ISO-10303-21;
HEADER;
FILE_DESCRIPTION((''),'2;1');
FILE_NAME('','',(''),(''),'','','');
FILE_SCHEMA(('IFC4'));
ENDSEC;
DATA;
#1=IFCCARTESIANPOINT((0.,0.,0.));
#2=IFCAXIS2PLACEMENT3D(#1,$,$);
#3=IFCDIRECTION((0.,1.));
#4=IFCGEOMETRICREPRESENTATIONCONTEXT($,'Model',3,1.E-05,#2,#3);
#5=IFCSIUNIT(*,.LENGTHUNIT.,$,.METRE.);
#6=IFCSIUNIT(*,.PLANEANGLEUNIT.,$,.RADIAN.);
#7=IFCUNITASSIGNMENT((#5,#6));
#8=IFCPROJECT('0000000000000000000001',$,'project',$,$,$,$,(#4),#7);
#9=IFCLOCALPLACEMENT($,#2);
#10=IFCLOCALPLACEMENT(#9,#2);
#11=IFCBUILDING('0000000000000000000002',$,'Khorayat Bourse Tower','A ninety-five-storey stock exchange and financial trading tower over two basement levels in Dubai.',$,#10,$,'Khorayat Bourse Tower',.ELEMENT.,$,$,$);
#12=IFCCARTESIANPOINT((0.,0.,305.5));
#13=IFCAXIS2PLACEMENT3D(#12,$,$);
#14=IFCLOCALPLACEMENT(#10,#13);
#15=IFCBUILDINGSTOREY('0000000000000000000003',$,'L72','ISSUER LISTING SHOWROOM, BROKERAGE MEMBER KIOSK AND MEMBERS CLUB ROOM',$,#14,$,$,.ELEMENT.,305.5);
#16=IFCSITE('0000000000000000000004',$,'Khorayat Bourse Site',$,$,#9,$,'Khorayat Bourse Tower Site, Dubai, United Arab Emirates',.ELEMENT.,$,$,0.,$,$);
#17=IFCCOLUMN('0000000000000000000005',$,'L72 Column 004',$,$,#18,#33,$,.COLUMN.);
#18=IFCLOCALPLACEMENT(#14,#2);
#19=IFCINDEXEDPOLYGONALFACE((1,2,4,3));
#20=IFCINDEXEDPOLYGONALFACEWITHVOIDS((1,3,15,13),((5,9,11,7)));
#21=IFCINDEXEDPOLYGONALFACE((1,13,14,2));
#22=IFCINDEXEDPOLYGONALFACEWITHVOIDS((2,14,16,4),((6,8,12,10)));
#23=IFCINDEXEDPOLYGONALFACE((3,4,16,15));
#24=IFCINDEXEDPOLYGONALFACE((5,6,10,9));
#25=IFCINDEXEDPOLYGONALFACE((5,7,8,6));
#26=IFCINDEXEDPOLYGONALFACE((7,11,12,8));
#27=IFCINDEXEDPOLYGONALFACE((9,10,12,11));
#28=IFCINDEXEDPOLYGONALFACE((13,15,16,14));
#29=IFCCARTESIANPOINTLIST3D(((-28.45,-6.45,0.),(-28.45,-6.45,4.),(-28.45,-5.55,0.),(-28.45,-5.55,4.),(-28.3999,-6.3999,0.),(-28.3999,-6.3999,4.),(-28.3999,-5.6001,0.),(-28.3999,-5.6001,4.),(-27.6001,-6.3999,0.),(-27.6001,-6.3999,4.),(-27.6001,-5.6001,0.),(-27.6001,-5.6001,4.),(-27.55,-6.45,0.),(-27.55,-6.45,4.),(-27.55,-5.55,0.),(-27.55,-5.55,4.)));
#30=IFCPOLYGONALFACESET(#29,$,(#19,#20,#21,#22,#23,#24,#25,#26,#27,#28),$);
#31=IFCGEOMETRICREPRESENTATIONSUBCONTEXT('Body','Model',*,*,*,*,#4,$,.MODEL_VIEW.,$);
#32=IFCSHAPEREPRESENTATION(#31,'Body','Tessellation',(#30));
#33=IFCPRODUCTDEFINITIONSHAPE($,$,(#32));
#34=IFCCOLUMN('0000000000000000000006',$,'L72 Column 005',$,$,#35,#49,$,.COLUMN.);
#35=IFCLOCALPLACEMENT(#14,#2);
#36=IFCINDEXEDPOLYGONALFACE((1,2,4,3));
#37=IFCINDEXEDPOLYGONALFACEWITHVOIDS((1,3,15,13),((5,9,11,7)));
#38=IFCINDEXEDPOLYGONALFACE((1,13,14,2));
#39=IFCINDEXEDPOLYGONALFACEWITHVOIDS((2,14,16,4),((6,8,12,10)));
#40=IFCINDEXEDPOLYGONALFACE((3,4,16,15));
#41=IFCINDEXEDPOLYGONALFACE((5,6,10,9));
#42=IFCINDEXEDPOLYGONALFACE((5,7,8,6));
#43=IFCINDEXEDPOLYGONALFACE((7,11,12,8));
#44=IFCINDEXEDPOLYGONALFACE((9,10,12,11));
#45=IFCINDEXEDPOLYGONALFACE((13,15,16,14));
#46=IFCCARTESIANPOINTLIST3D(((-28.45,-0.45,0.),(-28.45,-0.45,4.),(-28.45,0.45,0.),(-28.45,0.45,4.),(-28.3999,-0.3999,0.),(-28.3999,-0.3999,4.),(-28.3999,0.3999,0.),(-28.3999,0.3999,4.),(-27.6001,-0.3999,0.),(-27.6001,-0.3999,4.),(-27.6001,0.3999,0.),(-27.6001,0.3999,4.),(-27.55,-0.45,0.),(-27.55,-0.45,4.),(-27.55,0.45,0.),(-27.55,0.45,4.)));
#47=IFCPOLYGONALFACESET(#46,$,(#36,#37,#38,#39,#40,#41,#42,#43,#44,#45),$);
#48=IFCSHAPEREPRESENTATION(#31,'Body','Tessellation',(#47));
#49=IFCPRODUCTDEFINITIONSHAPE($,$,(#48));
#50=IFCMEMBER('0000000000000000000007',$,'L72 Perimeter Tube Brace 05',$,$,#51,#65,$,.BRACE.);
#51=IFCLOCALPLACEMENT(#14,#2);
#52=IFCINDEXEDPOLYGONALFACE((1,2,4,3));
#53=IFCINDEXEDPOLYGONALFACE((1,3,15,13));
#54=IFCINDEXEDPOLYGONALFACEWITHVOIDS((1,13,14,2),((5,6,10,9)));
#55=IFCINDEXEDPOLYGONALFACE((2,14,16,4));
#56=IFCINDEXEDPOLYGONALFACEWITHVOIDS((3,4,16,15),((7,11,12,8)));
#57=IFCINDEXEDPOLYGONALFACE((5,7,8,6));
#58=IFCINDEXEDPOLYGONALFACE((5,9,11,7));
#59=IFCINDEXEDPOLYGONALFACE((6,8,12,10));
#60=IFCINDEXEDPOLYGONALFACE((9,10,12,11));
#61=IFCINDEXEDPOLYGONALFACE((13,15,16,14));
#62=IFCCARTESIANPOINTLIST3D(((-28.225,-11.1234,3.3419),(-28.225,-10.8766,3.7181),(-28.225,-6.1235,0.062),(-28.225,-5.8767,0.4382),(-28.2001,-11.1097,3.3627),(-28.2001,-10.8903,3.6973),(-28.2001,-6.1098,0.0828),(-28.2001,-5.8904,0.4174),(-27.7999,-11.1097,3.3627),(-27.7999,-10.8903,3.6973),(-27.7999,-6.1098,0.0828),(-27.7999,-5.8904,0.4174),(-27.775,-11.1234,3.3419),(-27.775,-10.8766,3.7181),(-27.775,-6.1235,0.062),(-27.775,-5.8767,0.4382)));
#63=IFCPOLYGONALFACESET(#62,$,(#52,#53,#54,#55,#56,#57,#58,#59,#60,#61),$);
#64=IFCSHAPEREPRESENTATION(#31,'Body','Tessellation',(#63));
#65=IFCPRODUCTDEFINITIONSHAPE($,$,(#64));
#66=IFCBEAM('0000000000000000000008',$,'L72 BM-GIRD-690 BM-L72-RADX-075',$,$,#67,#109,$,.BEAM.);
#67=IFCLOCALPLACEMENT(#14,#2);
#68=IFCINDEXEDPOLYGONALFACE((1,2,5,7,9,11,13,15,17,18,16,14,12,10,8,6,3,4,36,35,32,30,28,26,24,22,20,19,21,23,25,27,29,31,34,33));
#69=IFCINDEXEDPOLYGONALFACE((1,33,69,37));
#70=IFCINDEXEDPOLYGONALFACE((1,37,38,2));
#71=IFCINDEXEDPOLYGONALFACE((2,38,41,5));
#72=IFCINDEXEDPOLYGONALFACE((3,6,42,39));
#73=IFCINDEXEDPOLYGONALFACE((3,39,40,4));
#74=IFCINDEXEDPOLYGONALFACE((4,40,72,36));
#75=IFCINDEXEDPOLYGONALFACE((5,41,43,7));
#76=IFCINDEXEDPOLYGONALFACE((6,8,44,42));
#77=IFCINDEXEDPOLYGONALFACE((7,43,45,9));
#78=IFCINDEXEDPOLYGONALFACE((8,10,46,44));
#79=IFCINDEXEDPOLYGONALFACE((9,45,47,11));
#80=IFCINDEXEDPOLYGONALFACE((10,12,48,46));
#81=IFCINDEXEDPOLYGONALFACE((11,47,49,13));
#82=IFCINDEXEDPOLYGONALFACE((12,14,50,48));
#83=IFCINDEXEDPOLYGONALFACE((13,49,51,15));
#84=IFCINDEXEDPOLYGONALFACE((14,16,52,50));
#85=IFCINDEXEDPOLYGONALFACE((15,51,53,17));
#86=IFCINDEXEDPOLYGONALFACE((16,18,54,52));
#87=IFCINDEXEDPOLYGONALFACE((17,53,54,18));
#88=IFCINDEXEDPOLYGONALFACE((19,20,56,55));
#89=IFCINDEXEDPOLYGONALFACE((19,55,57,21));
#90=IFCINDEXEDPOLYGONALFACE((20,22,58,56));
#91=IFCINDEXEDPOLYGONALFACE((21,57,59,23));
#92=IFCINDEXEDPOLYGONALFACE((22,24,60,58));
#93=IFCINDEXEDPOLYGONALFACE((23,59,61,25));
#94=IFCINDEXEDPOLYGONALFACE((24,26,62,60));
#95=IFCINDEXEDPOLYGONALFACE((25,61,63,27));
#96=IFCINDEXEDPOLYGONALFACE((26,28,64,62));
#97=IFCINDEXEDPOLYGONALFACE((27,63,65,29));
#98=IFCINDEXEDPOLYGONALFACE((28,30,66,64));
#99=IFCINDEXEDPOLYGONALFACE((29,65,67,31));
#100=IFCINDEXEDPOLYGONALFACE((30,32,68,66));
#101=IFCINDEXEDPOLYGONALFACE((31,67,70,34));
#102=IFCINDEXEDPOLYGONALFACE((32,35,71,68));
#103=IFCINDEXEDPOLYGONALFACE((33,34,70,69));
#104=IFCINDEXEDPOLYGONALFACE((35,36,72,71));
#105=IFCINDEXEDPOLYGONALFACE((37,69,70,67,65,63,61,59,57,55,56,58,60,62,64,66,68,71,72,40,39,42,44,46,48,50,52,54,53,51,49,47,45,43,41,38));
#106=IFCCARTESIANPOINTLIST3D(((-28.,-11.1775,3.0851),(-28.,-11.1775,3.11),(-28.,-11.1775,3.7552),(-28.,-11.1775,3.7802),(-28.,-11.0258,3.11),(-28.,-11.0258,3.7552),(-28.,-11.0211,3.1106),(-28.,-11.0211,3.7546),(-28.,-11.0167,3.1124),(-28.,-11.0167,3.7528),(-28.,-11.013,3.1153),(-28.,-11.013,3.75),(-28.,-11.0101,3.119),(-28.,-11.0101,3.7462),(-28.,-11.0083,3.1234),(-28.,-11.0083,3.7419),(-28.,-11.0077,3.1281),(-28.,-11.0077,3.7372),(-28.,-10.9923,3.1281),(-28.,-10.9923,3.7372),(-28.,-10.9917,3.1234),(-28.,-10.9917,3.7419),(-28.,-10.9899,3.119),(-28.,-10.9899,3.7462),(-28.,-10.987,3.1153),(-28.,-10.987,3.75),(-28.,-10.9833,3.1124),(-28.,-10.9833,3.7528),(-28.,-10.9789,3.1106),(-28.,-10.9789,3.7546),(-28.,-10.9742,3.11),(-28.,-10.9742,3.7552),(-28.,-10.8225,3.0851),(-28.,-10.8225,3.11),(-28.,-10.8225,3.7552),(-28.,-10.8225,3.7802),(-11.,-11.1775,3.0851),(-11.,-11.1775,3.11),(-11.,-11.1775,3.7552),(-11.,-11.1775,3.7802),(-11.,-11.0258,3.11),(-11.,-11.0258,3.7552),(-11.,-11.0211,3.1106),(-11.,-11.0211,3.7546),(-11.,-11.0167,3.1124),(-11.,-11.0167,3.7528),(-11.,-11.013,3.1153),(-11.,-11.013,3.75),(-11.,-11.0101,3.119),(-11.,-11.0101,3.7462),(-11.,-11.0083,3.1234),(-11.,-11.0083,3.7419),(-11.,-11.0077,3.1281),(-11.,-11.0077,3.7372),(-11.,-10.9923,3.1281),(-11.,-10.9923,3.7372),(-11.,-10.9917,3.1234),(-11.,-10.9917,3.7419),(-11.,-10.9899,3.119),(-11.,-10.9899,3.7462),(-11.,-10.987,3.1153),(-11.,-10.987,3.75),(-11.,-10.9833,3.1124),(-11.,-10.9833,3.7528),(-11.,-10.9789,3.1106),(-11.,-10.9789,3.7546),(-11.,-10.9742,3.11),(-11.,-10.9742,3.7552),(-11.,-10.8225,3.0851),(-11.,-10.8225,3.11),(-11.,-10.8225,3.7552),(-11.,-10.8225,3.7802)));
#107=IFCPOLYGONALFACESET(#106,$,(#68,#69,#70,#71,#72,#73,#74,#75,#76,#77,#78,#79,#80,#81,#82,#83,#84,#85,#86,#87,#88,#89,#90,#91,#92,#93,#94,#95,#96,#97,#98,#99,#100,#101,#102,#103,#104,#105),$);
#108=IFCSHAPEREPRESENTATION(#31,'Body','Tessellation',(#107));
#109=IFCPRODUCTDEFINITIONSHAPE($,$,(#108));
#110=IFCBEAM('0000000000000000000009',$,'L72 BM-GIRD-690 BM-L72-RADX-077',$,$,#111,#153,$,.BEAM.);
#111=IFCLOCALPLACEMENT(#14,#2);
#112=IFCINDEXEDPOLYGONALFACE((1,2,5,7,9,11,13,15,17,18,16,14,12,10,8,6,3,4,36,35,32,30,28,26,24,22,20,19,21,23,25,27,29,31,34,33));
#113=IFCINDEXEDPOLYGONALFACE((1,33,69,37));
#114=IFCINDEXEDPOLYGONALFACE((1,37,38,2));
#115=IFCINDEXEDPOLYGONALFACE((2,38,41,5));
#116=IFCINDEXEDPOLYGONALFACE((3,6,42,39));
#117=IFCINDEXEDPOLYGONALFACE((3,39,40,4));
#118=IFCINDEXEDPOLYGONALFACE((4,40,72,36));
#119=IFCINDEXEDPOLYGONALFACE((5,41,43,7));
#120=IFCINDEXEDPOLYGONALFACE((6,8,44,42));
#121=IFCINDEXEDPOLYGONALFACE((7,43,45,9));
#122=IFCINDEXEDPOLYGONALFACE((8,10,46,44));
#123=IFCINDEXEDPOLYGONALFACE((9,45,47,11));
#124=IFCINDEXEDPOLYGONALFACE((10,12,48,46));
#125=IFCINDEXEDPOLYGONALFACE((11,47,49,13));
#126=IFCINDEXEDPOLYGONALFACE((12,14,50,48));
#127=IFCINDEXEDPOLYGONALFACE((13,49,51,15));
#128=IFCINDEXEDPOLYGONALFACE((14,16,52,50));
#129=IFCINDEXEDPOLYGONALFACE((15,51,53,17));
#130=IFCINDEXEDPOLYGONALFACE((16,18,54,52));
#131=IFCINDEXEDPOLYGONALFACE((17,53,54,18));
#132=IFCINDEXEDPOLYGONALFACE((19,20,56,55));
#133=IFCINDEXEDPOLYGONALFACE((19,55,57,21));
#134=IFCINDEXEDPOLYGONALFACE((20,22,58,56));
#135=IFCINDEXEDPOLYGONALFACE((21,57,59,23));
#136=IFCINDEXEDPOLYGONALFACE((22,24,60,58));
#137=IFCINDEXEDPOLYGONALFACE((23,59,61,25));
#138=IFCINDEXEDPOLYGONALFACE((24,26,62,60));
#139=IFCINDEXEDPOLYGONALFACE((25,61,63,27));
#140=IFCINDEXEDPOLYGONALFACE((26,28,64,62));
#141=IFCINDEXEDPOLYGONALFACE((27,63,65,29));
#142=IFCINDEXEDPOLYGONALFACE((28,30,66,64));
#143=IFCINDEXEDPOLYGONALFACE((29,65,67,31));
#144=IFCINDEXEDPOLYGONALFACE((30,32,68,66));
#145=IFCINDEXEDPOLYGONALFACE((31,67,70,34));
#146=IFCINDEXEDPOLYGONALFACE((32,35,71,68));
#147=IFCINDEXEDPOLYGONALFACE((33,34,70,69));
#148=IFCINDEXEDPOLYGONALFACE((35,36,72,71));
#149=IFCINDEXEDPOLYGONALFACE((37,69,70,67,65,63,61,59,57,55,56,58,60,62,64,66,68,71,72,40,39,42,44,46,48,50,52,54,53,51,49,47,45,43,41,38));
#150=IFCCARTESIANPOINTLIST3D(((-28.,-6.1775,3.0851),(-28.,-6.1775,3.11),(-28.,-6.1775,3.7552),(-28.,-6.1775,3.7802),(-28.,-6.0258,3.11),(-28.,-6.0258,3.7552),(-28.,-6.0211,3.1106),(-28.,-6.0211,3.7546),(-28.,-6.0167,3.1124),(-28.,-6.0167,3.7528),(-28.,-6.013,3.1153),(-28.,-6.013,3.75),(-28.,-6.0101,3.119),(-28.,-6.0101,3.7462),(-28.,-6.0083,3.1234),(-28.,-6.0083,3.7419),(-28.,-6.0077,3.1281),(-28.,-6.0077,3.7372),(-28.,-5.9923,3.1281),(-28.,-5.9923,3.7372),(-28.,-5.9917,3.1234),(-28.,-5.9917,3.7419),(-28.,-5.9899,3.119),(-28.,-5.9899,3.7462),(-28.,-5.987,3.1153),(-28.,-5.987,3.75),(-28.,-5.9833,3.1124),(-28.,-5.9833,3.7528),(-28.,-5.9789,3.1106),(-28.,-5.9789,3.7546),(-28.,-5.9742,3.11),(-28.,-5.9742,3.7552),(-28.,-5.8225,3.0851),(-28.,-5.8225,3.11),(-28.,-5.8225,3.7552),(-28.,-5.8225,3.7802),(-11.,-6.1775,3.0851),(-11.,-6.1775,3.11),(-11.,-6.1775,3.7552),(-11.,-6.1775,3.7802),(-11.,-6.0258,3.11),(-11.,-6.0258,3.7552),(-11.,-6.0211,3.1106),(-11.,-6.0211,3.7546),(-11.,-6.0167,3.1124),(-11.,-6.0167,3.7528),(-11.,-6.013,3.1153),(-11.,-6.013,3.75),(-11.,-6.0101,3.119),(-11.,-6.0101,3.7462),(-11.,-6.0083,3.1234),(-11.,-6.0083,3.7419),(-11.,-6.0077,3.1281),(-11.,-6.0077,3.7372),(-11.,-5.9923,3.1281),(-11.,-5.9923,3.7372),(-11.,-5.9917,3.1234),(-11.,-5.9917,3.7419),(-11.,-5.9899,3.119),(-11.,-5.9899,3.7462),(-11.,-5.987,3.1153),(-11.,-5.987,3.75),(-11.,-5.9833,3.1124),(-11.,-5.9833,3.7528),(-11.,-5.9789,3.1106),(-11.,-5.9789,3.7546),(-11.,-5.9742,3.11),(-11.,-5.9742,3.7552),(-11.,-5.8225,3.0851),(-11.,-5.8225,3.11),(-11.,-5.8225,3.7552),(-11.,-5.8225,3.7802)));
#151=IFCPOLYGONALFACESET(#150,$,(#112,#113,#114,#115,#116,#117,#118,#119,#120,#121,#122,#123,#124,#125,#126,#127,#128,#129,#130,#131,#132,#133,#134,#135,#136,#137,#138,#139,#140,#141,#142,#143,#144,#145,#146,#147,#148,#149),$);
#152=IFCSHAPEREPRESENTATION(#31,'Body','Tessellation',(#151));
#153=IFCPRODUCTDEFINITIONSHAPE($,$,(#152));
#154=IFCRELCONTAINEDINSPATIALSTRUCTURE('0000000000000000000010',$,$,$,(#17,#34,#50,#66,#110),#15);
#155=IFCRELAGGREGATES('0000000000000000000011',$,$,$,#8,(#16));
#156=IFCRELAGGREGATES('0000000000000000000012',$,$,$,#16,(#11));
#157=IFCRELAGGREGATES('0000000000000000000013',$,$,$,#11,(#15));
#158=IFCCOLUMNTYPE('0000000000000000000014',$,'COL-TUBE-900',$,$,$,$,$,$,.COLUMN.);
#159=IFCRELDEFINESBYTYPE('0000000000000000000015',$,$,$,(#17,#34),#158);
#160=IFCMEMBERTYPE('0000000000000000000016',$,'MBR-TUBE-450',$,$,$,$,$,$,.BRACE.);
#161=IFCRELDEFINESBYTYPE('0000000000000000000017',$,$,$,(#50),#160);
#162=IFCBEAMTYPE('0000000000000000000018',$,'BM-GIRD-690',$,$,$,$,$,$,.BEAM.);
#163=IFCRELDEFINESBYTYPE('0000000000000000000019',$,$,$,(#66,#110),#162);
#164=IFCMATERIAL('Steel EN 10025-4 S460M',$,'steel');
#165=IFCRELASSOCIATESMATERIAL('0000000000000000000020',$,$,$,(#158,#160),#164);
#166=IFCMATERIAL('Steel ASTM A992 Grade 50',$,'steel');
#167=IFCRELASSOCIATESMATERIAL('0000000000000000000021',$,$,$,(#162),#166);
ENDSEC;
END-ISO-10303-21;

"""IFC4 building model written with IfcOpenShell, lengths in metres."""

from ifc_helpers import new_model, si_unit, direction, frame, origin, origin_2d, place, context, subcontext, project, spatial, hollow_rectangle, i_section, extrude, source, transform, mapped, material, material_profile, profile_set, type_object, element, save


model = new_model("IFC4")

# Units and contexts
model_context = context("Model", 3, precision=1e-05, world=origin(), true_north=direction((0.0, 1.0)))
body_context = subcontext(model_context, "Body", "Model", "MODEL_VIEW")
ifc_project = project(units=[si_unit("LENGTHUNIT", "METRE"), si_unit("PLANEANGLEUNIT", "RADIAN")], contexts=[model_context])

# Site, building, storey
site_placement = place(None, origin())
site = spatial("IfcSite", under=ifc_project, at=site_placement, Name="Khorayat Bourse Site", LongName="Khorayat Bourse Tower Site, Dubai, United Arab Emirates", CompositionType="ELEMENT", RefElevation=0.0)
building_placement = place(site_placement, origin())
building = spatial("IfcBuilding", under=site, at=building_placement, Name="Khorayat Bourse Tower", Description="A ninety-five-storey stock exchange and financial trading tower over two basement levels in Dubai.", LongName="Khorayat Bourse Tower", CompositionType="ELEMENT")
storey_placement = place(building_placement, frame((0.0, 0.0, 305.5)))
storey = spatial("IfcBuildingStorey", under=building, at=storey_placement, Name="L72", Description="ISSUER LISTING SHOWROOM, BROKERAGE MEMBER KIOSK AND MEMBERS CLUB ROOM", CompositionType="ELEMENT", Elevation=305.5)

# Columns
ifc_material_1 = material(Name="Steel EN 10025-4 S460M", Category="steel")
ifc_material_profile_1 = material_profile(ifc_material_1, hollow_rectangle(XDim=0.8999, YDim=0.8999, WallThickness=0.05, at=origin_2d()), Name="BOX 900x900x50")
ifc_profile_set_1 = profile_set([ifc_material_profile_1], Name="Steel EN 10025-4 S460M")
column_type = type_object("IfcColumnType", Name="COL-TUBE-900", PredefinedType="COLUMN", material=ifc_profile_set_1)
shared_shape_1 = source(origin(), body_context, "Body", "SweptSolid", [
    extrude(hollow_rectangle(XDim=0.8999, YDim=0.8999, WallThickness=0.05, at=origin_2d()), origin(), (0.0, 0.0, 1.0), 4.0),
])
for number, where, z_axis, x_axis, name in (
    (1, (-28.0, -6.0, 0.0), (0.0, 0.0, 1.0), (1.0, 0.0, 0.0), "L72 Column 004"),
    (2, (-28.0, 0.0, 0.0), (0.0, 0.0, 1.0), (1.0, 0.0, 0.0), "L72 Column 005"),
):
    element("IfcColumn", number, at=place(storey_placement, frame(where, z_axis=z_axis, x_axis=x_axis)), inside=storey, type_object=column_type, Name=name, PredefinedType="COLUMN", context=body_context, shape_type="MappedRepresentation", body=[
        mapped(shared_shape_1, transform((0.0, 0.0, 0.0), scale=1.0)),
    ])

# Member
ifc_material_profile_2 = material_profile(ifc_material_1, hollow_rectangle(XDim=0.45, YDim=0.45, WallThickness=0.0249, at=origin_2d()), Name="HSS 450x450x25")
ifc_profile_set_2 = profile_set([ifc_material_profile_2], Name="Steel EN 10025-4 S460M")
member_type = type_object("IfcMemberType", Name="MBR-TUBE-450", PredefinedType="BRACE", material=ifc_profile_set_2)
shared_shape_2 = source(origin(), body_context, "Body", "SweptSolid", [
    extrude(hollow_rectangle(XDim=0.45, YDim=0.45, WallThickness=0.0249, at=origin_2d()), origin(), (0.0, 0.0, 1.0), 5.9797),
])
member_placement = place(storey_placement, frame((-28.0, -11.0, 3.53), z_axis=(0.0, 0.836142, -0.548514), x_axis=(-1.0, 0.0, 0.0)))
element("IfcMember", 3, at=member_placement, inside=storey, type_object=member_type, Name="L72 Perimeter Tube Brace 05", PredefinedType="BRACE", context=body_context, shape_type="MappedRepresentation", body=[
    mapped(shared_shape_2, transform((0.0, 0.0, 0.0), scale=1.0)),
])

# Beams
ifc_material_2 = material(Name="Steel ASTM A992 Grade 50", Category="steel")
ifc_material_profile_3 = material_profile(ifc_material_2, i_section(OverallWidth=0.355, OverallDepth=0.6951, WebThickness=0.0154, FlangeThickness=0.0249, FilletRadius=0.0181, at=origin_2d()), Name="W690X217")
ifc_profile_set_3 = profile_set([ifc_material_profile_3], Name="Steel ASTM A992 Grade 50")
beam_type_1 = type_object("IfcBeamType", Name="BM-GIRD-690", PredefinedType="BEAM", material=ifc_profile_set_3)
shared_shape_3 = source(origin(), body_context, "Body", "SweptSolid", [
    extrude(i_section(OverallWidth=0.355, OverallDepth=0.6951, WebThickness=0.0154, FlangeThickness=0.0249, FilletRadius=0.0181, at=origin_2d()), origin(), (0.0, 0.0, 1.0), 17.0),
])
for number, where, z_axis, x_axis, name in (
    (4, (-28.0, -11.0, 3.4326), (1.0, 0.0, 0.0), (0.0, 1.0, 0.0), "L72 BM-GIRD-690 BM-L72-RADX-075"),
    (5, (-28.0, -6.0, 3.4326), (1.0, 0.0, 0.0), (0.0, 1.0, 0.0), "L72 BM-GIRD-690 BM-L72-RADX-077"),
):
    element("IfcBeam", number, at=place(storey_placement, frame(where, z_axis=z_axis, x_axis=x_axis)), inside=storey, type_object=beam_type_1, Name=name, PredefinedType="BEAM", context=body_context, shape_type="MappedRepresentation", body=[
        mapped(shared_shape_3, transform((0.0, 0.0, 0.0), scale=1.0)),
    ])

save(model, "model.ifc")
